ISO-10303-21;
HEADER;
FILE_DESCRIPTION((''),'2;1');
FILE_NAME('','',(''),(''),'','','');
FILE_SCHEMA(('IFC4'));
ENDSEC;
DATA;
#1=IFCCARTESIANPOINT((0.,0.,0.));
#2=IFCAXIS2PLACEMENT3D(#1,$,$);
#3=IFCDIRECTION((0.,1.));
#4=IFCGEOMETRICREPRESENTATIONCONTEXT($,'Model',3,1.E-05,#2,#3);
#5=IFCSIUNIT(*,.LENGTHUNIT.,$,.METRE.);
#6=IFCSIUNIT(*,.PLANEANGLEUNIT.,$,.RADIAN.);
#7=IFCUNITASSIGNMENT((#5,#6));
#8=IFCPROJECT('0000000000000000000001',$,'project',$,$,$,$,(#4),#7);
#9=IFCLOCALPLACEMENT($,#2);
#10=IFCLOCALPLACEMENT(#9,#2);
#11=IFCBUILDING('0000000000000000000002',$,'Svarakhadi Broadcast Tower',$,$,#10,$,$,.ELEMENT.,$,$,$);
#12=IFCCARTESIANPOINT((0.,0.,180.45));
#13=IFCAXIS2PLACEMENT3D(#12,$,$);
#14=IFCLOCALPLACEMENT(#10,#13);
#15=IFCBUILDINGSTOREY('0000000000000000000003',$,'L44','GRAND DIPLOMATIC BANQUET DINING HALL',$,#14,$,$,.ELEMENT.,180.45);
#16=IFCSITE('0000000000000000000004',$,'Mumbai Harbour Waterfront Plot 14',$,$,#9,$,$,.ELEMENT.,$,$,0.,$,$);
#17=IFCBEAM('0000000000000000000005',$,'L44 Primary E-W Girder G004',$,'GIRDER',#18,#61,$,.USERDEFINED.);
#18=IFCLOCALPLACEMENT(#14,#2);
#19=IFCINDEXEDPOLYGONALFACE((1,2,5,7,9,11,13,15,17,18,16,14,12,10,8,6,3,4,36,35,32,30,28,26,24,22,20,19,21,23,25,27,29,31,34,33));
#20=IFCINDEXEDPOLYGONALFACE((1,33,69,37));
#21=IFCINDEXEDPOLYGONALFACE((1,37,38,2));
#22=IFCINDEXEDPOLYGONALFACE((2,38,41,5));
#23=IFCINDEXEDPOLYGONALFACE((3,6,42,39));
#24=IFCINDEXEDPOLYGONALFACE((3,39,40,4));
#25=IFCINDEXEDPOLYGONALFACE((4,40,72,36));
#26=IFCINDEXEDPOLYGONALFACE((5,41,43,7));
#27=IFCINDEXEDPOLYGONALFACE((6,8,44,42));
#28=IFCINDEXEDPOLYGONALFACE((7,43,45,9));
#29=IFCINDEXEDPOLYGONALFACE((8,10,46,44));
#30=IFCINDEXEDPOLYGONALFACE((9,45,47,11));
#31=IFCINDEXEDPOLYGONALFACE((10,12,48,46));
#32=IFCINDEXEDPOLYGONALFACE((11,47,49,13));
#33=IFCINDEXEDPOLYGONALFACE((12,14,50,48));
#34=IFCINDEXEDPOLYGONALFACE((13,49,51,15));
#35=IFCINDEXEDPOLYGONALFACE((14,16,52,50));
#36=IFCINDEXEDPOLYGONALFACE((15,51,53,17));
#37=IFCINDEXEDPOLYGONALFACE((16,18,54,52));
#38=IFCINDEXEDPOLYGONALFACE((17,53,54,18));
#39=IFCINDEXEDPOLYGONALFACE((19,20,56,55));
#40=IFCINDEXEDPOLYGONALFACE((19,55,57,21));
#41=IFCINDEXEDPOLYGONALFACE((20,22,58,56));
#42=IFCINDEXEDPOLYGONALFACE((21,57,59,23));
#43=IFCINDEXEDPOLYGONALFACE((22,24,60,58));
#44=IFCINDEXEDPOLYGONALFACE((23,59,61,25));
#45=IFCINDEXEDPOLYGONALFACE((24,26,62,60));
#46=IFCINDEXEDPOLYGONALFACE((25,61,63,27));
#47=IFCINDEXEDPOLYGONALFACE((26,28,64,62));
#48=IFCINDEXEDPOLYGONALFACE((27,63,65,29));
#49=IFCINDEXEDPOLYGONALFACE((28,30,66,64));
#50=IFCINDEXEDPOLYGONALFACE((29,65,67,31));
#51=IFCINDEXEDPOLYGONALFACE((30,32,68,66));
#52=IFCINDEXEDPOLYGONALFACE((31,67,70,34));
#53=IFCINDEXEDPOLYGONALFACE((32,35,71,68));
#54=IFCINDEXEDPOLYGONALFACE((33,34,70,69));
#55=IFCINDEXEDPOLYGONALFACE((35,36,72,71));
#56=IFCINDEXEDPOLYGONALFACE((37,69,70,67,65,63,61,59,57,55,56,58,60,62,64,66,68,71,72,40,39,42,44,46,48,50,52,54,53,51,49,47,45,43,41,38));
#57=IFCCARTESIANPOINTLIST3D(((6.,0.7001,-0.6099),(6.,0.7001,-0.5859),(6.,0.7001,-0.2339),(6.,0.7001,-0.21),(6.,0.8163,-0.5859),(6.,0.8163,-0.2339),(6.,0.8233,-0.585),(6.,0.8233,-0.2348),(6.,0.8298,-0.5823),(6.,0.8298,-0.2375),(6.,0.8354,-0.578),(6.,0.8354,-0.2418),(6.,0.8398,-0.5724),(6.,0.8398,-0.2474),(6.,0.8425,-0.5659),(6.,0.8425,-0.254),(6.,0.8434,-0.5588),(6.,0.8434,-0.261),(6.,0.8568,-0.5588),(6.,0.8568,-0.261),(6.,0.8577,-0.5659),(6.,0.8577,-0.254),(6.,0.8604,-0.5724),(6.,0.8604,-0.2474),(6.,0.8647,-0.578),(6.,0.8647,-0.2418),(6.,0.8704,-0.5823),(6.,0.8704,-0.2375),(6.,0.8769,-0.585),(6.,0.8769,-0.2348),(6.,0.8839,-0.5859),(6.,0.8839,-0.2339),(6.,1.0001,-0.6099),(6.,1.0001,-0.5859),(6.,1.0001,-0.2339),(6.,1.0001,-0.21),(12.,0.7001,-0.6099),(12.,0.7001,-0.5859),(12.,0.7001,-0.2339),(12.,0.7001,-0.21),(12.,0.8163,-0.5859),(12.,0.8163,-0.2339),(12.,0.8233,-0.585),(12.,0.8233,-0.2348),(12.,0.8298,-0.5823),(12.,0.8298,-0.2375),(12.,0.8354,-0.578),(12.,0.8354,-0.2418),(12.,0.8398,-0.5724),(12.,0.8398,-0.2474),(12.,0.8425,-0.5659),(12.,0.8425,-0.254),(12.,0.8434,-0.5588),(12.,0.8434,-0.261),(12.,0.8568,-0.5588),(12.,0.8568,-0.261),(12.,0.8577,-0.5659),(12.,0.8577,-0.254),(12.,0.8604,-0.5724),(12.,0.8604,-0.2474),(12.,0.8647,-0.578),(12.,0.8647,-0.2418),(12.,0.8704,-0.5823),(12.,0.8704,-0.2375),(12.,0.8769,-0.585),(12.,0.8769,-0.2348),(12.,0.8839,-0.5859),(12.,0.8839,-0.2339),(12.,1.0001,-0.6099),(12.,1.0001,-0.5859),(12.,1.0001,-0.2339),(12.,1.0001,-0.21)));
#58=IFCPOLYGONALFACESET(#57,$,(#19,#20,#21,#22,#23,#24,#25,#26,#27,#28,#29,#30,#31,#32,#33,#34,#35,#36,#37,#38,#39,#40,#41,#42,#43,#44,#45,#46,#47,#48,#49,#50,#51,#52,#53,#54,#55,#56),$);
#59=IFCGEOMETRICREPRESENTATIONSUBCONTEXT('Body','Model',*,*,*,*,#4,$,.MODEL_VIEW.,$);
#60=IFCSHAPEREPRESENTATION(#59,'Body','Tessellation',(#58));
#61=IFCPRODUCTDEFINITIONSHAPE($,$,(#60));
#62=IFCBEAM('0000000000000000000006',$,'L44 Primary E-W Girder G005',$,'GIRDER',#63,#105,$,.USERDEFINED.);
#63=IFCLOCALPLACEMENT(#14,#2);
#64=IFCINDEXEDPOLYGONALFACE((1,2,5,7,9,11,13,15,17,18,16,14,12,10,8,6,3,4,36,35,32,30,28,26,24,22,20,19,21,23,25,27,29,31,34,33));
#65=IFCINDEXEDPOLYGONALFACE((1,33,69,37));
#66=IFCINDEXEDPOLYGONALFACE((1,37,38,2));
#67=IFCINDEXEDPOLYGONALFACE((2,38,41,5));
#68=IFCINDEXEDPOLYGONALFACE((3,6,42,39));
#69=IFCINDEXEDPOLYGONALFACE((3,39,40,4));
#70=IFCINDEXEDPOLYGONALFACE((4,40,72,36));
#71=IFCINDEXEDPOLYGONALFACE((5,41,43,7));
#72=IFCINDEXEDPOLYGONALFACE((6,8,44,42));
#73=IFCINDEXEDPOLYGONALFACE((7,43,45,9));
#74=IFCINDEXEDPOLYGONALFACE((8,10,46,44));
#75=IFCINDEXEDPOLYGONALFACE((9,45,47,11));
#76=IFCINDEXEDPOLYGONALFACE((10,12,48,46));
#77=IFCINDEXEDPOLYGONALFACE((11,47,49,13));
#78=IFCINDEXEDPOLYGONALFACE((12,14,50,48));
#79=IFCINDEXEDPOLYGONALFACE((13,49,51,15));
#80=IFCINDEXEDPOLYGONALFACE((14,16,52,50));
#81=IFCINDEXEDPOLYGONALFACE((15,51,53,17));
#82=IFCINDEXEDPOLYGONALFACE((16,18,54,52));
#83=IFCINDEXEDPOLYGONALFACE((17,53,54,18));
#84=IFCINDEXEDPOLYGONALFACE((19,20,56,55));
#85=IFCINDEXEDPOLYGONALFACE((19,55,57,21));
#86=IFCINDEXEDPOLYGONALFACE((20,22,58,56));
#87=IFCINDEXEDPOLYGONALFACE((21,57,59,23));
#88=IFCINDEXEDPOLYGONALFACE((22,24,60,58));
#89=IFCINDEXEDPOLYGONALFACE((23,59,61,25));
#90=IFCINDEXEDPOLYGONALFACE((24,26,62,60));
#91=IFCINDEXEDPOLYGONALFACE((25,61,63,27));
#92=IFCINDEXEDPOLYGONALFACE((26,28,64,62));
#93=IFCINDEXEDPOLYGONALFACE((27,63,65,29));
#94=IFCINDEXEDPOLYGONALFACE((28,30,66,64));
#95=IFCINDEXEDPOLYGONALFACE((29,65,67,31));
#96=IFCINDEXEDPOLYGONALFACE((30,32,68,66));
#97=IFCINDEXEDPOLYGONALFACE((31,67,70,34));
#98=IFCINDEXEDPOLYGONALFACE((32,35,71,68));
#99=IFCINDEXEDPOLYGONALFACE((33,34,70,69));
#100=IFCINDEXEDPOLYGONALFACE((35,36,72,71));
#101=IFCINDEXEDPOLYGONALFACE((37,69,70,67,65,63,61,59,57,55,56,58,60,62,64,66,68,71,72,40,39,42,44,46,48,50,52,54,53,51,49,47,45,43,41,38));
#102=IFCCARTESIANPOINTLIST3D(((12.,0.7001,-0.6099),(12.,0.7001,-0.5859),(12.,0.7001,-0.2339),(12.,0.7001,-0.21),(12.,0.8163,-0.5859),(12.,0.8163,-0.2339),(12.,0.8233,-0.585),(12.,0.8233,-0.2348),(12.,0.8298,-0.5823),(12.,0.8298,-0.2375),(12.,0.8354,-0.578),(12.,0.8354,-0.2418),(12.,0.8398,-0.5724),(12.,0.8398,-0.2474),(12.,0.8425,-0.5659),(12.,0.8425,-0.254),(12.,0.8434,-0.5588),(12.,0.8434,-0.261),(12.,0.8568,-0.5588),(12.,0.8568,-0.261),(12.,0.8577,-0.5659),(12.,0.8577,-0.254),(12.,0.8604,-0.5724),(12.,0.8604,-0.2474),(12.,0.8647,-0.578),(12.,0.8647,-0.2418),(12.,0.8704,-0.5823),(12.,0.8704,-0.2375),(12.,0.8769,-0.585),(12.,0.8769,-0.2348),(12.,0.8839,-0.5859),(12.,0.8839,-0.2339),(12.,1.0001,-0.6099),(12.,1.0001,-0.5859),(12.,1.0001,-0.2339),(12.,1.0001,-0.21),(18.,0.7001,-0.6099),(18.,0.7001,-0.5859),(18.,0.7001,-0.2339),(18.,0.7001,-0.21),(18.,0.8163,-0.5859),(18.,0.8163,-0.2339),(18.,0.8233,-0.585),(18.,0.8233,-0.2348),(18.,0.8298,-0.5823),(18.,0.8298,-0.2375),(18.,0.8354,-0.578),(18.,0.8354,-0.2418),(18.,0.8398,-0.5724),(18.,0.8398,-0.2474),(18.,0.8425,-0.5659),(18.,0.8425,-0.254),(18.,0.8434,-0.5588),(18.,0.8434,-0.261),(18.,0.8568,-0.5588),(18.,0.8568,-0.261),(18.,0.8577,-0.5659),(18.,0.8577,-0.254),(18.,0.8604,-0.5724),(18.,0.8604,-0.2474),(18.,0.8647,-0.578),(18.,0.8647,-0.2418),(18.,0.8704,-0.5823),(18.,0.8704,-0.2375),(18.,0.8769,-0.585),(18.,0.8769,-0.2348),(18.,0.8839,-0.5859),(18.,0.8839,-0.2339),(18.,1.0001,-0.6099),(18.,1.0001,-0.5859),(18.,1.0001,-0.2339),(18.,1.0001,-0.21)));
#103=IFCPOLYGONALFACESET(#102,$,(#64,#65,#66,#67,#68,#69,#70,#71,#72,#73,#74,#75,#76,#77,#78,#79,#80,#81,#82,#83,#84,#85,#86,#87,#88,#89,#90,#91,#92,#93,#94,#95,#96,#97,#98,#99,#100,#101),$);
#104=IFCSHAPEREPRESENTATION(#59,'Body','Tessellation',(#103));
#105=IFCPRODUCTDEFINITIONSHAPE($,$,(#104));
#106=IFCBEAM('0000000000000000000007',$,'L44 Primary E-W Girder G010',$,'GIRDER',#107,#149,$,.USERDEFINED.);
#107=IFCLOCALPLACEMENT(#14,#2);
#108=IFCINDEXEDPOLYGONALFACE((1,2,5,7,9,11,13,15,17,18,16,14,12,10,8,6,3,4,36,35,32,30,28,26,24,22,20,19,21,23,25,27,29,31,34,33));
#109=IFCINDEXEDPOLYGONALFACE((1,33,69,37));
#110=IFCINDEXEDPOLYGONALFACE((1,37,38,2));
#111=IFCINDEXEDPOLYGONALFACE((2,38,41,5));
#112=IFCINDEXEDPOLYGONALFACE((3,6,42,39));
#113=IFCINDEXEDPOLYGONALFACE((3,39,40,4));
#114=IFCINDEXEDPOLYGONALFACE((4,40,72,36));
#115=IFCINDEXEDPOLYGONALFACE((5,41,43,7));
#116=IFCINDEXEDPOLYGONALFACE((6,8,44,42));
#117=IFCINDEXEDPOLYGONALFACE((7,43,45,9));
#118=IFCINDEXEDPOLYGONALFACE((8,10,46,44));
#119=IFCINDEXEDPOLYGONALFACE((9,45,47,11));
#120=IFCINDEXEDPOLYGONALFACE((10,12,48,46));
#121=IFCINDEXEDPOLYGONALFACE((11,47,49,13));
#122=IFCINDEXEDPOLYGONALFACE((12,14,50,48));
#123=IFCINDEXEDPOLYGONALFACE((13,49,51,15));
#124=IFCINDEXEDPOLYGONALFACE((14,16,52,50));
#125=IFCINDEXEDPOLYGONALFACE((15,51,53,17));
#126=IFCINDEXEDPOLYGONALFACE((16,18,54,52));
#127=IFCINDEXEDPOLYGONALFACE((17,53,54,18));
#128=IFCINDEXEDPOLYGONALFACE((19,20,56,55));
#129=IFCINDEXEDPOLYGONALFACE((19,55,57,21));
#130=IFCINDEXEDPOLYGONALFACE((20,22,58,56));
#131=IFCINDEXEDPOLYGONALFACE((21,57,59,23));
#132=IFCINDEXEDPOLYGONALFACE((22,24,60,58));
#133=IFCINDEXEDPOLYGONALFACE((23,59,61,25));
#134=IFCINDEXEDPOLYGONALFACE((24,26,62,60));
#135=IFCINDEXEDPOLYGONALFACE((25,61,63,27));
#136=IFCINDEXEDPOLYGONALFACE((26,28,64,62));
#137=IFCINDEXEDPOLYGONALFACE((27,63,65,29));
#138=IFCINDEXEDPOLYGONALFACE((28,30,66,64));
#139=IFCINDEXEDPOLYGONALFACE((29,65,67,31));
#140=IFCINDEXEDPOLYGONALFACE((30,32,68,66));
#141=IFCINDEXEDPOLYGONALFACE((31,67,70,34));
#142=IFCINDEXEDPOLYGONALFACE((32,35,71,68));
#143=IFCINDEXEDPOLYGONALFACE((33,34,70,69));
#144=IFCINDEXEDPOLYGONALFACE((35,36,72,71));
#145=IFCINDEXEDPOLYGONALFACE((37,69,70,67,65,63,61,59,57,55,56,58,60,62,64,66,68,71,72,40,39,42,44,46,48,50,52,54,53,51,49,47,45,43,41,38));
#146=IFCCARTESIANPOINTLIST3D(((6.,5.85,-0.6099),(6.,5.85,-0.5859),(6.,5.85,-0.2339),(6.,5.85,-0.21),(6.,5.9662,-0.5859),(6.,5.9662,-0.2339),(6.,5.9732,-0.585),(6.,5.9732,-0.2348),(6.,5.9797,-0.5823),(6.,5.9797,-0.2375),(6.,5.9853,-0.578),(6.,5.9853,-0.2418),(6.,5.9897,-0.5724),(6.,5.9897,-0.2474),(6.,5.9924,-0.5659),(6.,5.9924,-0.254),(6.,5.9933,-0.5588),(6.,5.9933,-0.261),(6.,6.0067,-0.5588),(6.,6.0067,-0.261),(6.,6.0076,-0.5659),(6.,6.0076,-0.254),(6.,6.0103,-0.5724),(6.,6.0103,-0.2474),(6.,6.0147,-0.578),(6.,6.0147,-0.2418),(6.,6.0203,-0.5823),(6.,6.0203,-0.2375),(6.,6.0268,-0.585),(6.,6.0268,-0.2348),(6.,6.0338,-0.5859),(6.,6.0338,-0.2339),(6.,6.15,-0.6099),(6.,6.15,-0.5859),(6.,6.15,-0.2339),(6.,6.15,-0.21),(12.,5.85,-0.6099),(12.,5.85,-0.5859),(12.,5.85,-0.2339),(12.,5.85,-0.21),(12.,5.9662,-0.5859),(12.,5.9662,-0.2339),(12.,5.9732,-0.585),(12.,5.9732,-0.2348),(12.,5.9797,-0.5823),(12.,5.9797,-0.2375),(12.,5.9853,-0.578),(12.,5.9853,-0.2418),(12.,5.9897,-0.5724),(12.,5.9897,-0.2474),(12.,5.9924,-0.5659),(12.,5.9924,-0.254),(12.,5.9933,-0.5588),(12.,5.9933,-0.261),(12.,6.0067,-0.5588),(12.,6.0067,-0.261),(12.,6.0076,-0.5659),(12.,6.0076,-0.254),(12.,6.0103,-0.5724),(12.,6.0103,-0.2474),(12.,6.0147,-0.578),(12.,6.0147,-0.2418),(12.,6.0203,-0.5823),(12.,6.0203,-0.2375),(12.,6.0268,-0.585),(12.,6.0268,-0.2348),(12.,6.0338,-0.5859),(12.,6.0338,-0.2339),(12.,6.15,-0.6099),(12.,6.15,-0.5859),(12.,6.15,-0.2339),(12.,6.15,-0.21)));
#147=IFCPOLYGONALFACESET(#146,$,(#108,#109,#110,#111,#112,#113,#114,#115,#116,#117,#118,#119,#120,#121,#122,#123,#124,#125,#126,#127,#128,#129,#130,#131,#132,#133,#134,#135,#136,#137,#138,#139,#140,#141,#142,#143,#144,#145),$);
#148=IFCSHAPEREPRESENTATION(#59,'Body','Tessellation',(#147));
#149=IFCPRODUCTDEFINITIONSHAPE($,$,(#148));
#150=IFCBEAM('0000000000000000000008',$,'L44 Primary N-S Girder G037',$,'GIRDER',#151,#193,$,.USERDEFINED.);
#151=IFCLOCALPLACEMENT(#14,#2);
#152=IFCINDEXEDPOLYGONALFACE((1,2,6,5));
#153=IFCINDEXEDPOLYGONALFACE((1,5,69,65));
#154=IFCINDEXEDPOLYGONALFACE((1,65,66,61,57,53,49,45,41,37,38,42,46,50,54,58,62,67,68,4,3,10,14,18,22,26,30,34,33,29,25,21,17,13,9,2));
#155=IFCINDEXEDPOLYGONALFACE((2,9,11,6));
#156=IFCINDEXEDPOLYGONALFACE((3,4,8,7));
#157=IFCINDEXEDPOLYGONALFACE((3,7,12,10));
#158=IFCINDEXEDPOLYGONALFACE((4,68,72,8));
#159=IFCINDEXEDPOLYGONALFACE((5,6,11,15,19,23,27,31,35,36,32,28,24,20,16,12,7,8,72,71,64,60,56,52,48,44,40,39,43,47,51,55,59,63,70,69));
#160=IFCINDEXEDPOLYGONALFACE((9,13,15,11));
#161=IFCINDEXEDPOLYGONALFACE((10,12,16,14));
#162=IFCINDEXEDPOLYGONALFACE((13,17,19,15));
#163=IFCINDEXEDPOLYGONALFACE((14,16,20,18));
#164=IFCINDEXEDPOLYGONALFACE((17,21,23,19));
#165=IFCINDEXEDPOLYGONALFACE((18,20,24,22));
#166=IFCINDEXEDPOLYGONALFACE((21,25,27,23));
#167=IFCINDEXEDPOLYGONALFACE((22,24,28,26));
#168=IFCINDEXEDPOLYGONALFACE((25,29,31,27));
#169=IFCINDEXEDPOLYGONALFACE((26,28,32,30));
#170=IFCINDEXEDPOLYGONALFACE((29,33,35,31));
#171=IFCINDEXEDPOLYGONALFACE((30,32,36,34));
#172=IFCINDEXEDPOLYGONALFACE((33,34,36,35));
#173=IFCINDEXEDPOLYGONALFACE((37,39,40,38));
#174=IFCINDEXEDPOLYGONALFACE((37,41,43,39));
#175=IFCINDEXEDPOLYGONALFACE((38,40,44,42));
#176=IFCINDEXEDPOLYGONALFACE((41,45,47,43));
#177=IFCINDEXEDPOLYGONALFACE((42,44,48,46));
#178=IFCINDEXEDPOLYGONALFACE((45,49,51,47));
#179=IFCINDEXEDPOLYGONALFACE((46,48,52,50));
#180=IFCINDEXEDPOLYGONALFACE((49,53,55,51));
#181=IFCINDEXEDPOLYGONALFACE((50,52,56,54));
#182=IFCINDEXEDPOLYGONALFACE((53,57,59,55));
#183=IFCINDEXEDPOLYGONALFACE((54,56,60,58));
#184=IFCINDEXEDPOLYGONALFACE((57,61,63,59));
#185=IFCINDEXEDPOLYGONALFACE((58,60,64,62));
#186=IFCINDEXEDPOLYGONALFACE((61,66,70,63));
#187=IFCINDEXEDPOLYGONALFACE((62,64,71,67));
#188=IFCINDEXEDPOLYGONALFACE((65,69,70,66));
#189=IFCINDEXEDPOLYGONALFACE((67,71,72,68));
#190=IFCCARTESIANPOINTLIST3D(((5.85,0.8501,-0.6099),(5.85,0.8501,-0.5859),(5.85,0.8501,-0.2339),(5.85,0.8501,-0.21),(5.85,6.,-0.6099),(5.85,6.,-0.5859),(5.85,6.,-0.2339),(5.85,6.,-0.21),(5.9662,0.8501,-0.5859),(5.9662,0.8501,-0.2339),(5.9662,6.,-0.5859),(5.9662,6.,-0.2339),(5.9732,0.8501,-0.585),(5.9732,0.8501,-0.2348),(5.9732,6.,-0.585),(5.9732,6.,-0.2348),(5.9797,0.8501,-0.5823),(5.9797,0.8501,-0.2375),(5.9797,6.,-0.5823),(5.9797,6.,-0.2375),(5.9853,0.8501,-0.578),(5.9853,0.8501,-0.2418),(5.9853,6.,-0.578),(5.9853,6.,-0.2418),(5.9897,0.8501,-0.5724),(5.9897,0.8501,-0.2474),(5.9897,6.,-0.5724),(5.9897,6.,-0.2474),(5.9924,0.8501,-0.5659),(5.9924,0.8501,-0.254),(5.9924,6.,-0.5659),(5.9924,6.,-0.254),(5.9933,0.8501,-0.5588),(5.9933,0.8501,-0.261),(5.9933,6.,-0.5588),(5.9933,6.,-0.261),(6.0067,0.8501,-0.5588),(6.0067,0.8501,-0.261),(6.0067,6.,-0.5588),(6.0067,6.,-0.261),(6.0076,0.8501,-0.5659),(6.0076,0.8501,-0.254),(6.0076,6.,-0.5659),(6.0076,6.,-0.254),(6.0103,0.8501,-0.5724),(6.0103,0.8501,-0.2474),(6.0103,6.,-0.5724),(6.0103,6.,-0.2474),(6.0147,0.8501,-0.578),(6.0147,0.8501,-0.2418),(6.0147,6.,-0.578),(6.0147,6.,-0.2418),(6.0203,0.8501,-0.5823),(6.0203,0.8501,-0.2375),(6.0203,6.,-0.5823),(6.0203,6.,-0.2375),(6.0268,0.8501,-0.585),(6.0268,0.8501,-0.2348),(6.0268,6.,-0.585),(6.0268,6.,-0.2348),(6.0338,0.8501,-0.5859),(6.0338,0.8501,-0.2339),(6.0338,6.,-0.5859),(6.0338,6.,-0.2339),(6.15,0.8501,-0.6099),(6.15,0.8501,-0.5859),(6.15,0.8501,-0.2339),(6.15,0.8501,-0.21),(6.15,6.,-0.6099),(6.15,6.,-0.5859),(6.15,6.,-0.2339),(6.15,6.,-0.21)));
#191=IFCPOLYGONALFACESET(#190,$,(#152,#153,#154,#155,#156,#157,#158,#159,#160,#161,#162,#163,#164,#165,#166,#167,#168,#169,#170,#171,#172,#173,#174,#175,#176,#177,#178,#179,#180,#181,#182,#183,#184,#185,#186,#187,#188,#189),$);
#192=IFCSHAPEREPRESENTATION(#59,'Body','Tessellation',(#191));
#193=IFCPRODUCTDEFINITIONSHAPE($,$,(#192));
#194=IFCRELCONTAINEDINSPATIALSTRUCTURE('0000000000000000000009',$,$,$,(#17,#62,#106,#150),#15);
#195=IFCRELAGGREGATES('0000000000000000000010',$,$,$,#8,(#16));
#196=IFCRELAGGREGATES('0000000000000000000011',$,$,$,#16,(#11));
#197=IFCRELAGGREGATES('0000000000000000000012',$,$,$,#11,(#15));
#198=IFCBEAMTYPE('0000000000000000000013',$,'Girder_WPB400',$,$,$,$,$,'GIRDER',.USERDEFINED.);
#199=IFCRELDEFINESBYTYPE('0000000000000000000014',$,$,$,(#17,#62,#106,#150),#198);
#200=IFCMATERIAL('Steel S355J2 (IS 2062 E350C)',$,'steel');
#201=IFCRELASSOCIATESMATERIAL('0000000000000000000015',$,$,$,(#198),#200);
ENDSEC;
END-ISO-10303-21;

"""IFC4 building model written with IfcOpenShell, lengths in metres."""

from ifc_helpers import new_model, si_unit, direction, frame, origin, origin_2d, place, context, subcontext, project, spatial, i_section, extrude, material, material_profile, profile_set, type_object, element, save


model = new_model("IFC4")

# Units and contexts
model_context = context("Model", 3, precision=1e-05, world=origin(), true_north=direction((0.0, 1.0)))
body_context = subcontext(model_context, "Body", "Model", "MODEL_VIEW")
ifc_project = project(units=[si_unit("LENGTHUNIT", "METRE"), si_unit("PLANEANGLEUNIT", "RADIAN")], contexts=[model_context])

# Site, building, storey
site_placement = place(None, origin())
site = spatial("IfcSite", under=ifc_project, at=site_placement, Name="Mumbai Harbour Waterfront Plot 14", CompositionType="ELEMENT", RefElevation=0.0)
building_placement = place(site_placement, origin())
building = spatial("IfcBuilding", under=site, at=building_placement, Name="Svarakhadi Broadcast Tower", CompositionType="ELEMENT")
storey_placement = place(building_placement, frame((0.0, 0.0, 180.45)))
storey = spatial("IfcBuildingStorey", under=building, at=storey_placement, Name="L44", Description="GRAND DIPLOMATIC BANQUET DINING HALL", CompositionType="ELEMENT", Elevation=180.45)

# Shared definitions
ifc_material_1 = material(Name="Steel S355J2 (IS 2062 E350C)", Category="steel")

# Beams
ifc_material_profile_1 = material_profile(ifc_material_1, i_section(OverallWidth=0.3, OverallDepth=0.3999, WebThickness=0.0134, FlangeThickness=0.0239, FilletRadius=0.0271, at=origin_2d()), Name="WPB 400x300x155")
ifc_profile_set_1 = profile_set([ifc_material_profile_1], Name="Steel S355J2 (IS 2062 E350C)")
beam_type_1 = type_object("IfcBeamType", Name="Girder_WPB400", ElementType="GIRDER", PredefinedType="USERDEFINED", material=ifc_profile_set_1)
for number, where, z_axis, x_axis, name in (
    (1, (6.0, 0.8501, -0.4099), (1.0, 0.0, 0.0), (0.0, 1.0, 0.0), "L44 Primary E-W Girder G004"),
    (2, (12.0, 0.8501, -0.4099), (1.0, 0.0, 0.0), (0.0, 1.0, 0.0), "L44 Primary E-W Girder G005"),
    (3, (6.0, 6.0, -0.4099), (1.0, 0.0, 0.0), (0.0, 1.0, 0.0), "L44 Primary E-W Girder G010"),
):
    element("IfcBeam", number, at=place(storey_placement, frame(where, z_axis=z_axis, x_axis=x_axis)), inside=storey, type_object=beam_type_1, Name=name, ObjectType="GIRDER", PredefinedType="USERDEFINED", context=body_context, shape_type="SweptSolid", body=[
        extrude(i_section(OverallWidth=0.3, OverallDepth=0.3999, WebThickness=0.0134, FlangeThickness=0.0239, FilletRadius=0.0271, at=origin_2d()), origin(), (0.0, 0.0, 1.0), 6.0),
    ])
beam_1_placement = place(storey_placement, frame((6.0, 0.8501, -0.4099), z_axis=(0.0, 1.0, 0.0), x_axis=(-1.0, 0.0, 0.0)))
element("IfcBeam", 4, at=beam_1_placement, inside=storey, type_object=beam_type_1, Name="L44 Primary N-S Girder G037", ObjectType="GIRDER", PredefinedType="USERDEFINED", context=body_context, shape_type="SweptSolid", body=[
    extrude(i_section(OverallWidth=0.3, OverallDepth=0.3999, WebThickness=0.0134, FlangeThickness=0.0239, FilletRadius=0.0271, at=origin_2d()), origin(), (0.0, 0.0, 1.0), 5.1499),
])

save(model, "model.ifc")
